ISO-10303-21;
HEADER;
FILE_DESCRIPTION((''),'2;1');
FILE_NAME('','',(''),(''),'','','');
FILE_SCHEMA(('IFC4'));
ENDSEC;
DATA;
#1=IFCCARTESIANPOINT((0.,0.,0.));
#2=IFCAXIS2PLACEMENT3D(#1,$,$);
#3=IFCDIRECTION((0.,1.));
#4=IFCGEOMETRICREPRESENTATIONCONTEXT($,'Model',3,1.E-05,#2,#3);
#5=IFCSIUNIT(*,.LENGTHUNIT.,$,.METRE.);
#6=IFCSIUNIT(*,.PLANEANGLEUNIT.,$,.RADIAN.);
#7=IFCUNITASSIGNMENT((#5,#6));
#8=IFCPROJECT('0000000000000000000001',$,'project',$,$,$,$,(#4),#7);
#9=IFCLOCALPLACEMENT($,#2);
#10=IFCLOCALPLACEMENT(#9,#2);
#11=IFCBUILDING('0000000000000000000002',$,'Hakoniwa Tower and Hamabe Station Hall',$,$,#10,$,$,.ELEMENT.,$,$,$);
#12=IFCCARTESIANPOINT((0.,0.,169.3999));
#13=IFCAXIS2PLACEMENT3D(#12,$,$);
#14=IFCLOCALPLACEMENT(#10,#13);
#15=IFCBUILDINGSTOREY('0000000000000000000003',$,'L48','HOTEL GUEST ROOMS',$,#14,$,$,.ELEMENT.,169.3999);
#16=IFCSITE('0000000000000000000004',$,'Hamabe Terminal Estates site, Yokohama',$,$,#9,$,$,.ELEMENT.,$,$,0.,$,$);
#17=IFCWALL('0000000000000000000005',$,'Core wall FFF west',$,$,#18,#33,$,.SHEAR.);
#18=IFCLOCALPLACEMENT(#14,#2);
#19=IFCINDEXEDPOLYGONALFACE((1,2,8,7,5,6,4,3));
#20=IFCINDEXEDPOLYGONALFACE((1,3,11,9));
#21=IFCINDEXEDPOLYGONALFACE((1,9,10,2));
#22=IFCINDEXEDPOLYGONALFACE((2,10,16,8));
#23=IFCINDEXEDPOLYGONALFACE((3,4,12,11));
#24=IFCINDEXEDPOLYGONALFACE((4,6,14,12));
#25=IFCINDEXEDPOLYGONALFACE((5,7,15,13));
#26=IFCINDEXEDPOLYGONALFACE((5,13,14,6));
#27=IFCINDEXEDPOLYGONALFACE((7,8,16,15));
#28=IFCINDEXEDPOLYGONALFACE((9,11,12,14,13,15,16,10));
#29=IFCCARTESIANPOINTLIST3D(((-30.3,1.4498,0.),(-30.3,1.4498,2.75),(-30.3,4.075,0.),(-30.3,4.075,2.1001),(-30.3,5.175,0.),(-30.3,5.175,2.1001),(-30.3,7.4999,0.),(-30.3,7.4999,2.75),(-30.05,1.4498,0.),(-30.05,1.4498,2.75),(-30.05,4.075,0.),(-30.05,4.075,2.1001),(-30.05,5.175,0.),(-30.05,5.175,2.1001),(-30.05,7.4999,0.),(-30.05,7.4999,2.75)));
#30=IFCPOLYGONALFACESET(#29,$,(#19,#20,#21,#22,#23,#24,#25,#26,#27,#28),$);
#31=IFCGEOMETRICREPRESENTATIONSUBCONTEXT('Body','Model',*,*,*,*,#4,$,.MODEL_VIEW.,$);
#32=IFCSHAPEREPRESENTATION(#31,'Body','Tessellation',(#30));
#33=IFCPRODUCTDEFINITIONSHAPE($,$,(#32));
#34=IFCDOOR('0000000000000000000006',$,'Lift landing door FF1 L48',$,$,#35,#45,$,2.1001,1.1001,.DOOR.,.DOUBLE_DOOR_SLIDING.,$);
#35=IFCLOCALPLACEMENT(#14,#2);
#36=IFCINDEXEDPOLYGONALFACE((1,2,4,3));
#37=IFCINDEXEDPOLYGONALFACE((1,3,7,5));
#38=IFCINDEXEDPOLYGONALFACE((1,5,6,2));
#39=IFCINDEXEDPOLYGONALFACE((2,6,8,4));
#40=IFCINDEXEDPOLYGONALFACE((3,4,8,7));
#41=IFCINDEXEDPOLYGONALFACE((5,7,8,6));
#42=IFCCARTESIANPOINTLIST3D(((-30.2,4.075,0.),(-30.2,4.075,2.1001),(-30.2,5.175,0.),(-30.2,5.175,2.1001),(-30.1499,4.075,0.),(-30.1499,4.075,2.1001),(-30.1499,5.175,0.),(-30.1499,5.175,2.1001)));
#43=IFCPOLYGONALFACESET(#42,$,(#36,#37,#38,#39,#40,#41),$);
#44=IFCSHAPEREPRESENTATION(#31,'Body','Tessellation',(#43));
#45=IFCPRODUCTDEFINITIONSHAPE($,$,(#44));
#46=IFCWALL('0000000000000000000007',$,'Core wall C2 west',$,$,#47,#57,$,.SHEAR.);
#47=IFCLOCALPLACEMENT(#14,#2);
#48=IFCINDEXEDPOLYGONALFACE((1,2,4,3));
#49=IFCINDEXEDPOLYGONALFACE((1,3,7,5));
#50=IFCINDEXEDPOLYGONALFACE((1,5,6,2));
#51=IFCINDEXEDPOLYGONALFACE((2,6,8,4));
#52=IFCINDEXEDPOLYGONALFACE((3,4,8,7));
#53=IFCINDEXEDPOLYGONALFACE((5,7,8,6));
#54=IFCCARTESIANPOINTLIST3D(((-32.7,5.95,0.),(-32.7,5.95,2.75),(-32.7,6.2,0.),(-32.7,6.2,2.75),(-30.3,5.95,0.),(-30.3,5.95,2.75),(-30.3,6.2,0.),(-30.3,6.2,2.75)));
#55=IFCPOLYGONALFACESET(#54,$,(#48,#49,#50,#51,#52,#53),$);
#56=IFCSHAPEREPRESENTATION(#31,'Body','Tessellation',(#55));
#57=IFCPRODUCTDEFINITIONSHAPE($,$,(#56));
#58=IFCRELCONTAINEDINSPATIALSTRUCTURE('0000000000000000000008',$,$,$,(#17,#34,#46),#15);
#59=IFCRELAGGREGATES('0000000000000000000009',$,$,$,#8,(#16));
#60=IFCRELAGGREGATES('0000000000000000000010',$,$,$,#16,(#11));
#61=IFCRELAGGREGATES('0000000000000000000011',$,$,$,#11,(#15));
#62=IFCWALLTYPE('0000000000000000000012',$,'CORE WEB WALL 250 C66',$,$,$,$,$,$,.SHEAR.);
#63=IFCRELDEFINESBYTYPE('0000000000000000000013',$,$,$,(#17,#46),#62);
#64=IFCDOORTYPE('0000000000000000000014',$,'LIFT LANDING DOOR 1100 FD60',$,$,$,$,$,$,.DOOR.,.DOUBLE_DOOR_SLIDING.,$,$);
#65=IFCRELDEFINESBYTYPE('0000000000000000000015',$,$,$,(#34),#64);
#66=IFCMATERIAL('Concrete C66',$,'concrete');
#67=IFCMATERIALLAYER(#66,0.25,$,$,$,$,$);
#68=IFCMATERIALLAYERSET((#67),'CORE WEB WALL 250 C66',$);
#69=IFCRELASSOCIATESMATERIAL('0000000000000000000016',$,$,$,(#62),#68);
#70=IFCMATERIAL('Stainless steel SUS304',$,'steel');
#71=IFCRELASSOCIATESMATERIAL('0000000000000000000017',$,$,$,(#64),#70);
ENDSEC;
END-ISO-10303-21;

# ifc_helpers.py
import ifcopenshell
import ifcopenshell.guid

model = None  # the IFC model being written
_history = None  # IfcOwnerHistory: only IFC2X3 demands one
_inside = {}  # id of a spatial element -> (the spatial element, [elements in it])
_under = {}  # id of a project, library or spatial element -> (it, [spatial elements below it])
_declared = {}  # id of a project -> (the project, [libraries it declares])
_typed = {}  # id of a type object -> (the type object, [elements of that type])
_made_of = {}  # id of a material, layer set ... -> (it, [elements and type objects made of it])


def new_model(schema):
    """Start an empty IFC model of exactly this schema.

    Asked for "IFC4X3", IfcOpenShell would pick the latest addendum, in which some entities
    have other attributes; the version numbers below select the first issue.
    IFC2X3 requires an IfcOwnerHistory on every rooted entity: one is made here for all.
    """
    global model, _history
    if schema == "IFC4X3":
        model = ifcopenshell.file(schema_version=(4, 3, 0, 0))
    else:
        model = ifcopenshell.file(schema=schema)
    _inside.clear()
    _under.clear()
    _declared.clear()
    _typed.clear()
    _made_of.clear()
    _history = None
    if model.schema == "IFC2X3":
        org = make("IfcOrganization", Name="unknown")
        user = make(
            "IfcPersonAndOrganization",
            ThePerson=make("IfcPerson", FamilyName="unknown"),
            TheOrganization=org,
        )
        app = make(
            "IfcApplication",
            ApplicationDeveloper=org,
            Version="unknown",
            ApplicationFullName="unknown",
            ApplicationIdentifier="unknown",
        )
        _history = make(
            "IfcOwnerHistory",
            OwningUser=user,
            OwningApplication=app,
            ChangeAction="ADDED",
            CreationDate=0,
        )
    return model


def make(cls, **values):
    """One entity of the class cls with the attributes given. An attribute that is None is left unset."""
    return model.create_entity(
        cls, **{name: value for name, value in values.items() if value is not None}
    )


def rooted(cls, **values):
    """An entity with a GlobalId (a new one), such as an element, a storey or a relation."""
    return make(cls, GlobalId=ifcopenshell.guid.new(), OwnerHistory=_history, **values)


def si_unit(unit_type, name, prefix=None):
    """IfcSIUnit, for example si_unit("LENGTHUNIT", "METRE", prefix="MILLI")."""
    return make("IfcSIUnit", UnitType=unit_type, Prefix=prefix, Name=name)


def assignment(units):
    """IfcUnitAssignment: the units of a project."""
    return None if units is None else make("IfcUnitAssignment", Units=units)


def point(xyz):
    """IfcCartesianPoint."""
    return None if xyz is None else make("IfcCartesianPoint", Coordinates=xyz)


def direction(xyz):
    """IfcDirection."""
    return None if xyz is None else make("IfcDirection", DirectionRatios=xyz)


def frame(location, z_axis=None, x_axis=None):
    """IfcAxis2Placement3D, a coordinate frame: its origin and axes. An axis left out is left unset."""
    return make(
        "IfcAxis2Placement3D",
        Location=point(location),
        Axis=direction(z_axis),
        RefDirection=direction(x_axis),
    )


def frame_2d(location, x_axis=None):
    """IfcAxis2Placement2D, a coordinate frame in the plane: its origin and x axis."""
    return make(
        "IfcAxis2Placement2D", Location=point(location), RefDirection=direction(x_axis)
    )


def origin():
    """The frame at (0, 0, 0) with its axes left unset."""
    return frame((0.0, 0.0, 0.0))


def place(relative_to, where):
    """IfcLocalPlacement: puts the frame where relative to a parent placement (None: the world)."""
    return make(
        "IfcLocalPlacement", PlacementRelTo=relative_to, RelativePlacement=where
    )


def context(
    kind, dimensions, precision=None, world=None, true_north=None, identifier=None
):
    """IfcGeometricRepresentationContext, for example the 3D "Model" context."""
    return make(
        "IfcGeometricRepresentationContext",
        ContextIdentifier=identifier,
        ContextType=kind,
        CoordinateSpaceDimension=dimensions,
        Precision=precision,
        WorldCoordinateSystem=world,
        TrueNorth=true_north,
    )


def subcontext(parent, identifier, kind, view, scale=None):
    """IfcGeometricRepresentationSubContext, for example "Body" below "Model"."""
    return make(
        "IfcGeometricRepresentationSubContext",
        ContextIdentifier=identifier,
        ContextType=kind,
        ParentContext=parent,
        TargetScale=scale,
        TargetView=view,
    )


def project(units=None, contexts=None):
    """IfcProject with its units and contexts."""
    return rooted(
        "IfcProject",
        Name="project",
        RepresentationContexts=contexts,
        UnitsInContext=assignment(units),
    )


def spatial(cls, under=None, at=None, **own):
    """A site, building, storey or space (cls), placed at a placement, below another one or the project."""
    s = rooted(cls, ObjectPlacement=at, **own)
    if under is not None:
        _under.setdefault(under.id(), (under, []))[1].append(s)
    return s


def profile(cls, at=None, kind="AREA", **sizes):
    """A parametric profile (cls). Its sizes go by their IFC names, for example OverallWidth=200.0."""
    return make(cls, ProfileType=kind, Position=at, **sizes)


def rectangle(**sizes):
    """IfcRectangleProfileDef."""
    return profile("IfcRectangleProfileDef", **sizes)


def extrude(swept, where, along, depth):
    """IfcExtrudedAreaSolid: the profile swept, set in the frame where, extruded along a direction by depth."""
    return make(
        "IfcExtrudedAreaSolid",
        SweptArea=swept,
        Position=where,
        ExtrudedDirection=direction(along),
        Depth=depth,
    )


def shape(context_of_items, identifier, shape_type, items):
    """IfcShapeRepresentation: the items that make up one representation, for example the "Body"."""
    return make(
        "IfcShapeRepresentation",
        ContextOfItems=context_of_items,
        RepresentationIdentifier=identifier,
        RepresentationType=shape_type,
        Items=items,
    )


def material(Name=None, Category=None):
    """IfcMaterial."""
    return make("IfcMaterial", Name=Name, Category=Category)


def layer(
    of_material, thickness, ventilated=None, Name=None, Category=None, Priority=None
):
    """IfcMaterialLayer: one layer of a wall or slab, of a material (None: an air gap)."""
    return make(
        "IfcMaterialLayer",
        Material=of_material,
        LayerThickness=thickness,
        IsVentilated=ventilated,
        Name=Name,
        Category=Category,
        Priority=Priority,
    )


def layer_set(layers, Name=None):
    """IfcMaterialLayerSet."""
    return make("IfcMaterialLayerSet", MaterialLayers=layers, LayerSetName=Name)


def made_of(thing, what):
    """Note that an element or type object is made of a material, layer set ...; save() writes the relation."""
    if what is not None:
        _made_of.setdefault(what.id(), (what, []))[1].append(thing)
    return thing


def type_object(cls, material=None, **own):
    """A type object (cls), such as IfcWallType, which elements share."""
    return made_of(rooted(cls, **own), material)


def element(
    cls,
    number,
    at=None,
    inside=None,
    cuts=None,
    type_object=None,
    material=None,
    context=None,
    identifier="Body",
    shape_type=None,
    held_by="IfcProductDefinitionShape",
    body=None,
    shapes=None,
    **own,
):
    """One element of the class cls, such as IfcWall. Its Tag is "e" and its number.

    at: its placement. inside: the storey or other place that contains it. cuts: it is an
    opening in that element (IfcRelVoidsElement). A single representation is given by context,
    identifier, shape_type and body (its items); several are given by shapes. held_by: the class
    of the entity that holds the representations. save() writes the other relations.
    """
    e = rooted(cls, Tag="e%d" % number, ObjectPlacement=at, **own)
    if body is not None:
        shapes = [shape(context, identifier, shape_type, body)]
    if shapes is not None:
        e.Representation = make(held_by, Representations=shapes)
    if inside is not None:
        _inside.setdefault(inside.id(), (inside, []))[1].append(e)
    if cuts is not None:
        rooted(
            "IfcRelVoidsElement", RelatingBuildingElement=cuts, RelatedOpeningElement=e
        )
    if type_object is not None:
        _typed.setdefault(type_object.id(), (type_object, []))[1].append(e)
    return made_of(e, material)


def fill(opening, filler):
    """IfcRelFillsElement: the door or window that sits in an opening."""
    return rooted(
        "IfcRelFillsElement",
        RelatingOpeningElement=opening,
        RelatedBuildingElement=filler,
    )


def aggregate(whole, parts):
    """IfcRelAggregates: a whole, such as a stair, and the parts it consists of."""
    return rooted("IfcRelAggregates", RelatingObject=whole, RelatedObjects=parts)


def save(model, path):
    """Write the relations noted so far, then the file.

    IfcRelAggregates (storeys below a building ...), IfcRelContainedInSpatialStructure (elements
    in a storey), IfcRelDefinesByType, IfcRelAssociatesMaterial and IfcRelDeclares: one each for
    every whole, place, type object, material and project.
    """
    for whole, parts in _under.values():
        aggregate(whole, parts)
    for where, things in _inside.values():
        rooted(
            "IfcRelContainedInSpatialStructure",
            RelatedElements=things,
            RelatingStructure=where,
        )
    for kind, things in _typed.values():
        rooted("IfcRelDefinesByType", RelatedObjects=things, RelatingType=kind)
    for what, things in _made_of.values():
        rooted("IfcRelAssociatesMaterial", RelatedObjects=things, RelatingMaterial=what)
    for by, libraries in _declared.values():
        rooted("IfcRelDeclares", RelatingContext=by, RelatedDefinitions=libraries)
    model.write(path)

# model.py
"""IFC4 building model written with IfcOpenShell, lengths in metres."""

from ifc_helpers import new_model, si_unit, direction, frame, frame_2d, origin, place, context, subcontext, project, spatial, rectangle, extrude, material, layer, layer_set, type_object, element, fill, save


model = new_model("IFC4")

# Units and contexts
model_context = context("Model", 3, precision=1e-05, world=origin(), true_north=direction((0.0, 1.0)))
body_context = subcontext(model_context, "Body", "Model", "MODEL_VIEW")
ifc_project = project(units=[si_unit("LENGTHUNIT", "METRE"), si_unit("PLANEANGLEUNIT", "RADIAN")], contexts=[model_context])

# Site, building, storey
site_placement = place(None, origin())
site = spatial("IfcSite", under=ifc_project, at=site_placement, Name="Hamabe Terminal Estates site, Yokohama", CompositionType="ELEMENT", RefElevation=0.0)
building_placement = place(site_placement, origin())
building = spatial("IfcBuilding", under=site, at=building_placement, Name="Hakoniwa Tower and Hamabe Station Hall", CompositionType="ELEMENT")
storey_placement = place(building_placement, frame((0.0, 0.0, 169.3999)))
storey = spatial("IfcBuildingStorey", under=building, at=storey_placement, Name="L48", Description="HOTEL GUEST ROOMS", CompositionType="ELEMENT", Elevation=169.3999)

# Shared definitions
ifc_material_1 = material(Name="Concrete C66", Category="concrete")
ifc_layer_1 = layer(ifc_material_1, 0.25)
ifc_layer_set_1 = layer_set([ifc_layer_1], Name="CORE WEB WALL 250 C66")
wall_type_1 = type_object("IfcWallType", Name="CORE WEB WALL 250 C66", PredefinedType="SHEAR", material=ifc_layer_set_1)

# Wall, opening, door
wall_1_placement = place(storey_placement, frame((-30.175, 1.45, 0.0), z_axis=(0.0, 0.0, 1.0), x_axis=(0.0, 1.0, 0.0)))
wall_1 = element("IfcWall", 1, at=wall_1_placement, inside=storey, type_object=wall_type_1, Name="Core wall FFF west", PredefinedType="SHEAR", context=body_context, shape_type="SweptSolid", body=[
    extrude(rectangle(XDim=6.05, YDim=0.25, at=frame_2d((3.0249, 0.0))), origin(), (0.0, 0.0, 1.0), 2.75),
])
opening_1_placement = place(wall_1_placement, frame((2.625, 0.0, 0.0)))
opening_1 = element("IfcOpeningElement", 2, at=opening_1_placement, cuts=wall_1, PredefinedType="OPENING", context=body_context, shape_type="SweptSolid", body=[
    extrude(rectangle(XDim=1.1001, YDim=2.1001, at=frame_2d((0.55, 1.05))), frame((0.0, 0.135, 0.0), z_axis=(0.0, -1.0, 0.0), x_axis=(1.0, 0.0, 0.0)), (0.0, 0.0, 1.0), 0.27),
])
ifc_material_2 = material(Name="Stainless steel SUS304", Category="steel")
door_type_1 = type_object("IfcDoorType", Name="LIFT LANDING DOOR 1100 FD60", OperationType="DOUBLE_DOOR_SLIDING", PredefinedType="DOOR", material=ifc_material_2)
door_1_placement = place(opening_1_placement, origin())
door_1 = element("IfcDoor", 3, at=door_1_placement, inside=storey, type_object=door_type_1, Name="Lift landing door FF1 L48", OperationType="DOUBLE_DOOR_SLIDING", OverallHeight=2.1001, OverallWidth=1.1001, PredefinedType="DOOR", context=body_context, shape_type="SweptSolid", body=[
    extrude(rectangle(XDim=1.1001, YDim=2.1001, at=frame_2d((0.55, 1.05))), frame((0.0, 0.0249, 0.0), z_axis=(0.0, -1.0, 0.0), x_axis=(1.0, 0.0, 0.0)), (0.0, 0.0, 1.0), 0.05),
])
fill(opening_1, door_1)

# Wall
wall_2_placement = place(storey_placement, frame((-32.7, 6.075, 0.0), z_axis=(0.0, 0.0, 1.0), x_axis=(1.0, 0.0, 0.0)))
element("IfcWall", 4, at=wall_2_placement, inside=storey, type_object=wall_type_1, Name="Core wall C2 west", PredefinedType="SHEAR", context=body_context, shape_type="SweptSolid", body=[
    extrude(rectangle(XDim=2.3999, YDim=0.25, at=frame_2d((1.2, 0.0))), origin(), (0.0, 0.0, 1.0), 2.75),
])

save(model, "model.ifc")
